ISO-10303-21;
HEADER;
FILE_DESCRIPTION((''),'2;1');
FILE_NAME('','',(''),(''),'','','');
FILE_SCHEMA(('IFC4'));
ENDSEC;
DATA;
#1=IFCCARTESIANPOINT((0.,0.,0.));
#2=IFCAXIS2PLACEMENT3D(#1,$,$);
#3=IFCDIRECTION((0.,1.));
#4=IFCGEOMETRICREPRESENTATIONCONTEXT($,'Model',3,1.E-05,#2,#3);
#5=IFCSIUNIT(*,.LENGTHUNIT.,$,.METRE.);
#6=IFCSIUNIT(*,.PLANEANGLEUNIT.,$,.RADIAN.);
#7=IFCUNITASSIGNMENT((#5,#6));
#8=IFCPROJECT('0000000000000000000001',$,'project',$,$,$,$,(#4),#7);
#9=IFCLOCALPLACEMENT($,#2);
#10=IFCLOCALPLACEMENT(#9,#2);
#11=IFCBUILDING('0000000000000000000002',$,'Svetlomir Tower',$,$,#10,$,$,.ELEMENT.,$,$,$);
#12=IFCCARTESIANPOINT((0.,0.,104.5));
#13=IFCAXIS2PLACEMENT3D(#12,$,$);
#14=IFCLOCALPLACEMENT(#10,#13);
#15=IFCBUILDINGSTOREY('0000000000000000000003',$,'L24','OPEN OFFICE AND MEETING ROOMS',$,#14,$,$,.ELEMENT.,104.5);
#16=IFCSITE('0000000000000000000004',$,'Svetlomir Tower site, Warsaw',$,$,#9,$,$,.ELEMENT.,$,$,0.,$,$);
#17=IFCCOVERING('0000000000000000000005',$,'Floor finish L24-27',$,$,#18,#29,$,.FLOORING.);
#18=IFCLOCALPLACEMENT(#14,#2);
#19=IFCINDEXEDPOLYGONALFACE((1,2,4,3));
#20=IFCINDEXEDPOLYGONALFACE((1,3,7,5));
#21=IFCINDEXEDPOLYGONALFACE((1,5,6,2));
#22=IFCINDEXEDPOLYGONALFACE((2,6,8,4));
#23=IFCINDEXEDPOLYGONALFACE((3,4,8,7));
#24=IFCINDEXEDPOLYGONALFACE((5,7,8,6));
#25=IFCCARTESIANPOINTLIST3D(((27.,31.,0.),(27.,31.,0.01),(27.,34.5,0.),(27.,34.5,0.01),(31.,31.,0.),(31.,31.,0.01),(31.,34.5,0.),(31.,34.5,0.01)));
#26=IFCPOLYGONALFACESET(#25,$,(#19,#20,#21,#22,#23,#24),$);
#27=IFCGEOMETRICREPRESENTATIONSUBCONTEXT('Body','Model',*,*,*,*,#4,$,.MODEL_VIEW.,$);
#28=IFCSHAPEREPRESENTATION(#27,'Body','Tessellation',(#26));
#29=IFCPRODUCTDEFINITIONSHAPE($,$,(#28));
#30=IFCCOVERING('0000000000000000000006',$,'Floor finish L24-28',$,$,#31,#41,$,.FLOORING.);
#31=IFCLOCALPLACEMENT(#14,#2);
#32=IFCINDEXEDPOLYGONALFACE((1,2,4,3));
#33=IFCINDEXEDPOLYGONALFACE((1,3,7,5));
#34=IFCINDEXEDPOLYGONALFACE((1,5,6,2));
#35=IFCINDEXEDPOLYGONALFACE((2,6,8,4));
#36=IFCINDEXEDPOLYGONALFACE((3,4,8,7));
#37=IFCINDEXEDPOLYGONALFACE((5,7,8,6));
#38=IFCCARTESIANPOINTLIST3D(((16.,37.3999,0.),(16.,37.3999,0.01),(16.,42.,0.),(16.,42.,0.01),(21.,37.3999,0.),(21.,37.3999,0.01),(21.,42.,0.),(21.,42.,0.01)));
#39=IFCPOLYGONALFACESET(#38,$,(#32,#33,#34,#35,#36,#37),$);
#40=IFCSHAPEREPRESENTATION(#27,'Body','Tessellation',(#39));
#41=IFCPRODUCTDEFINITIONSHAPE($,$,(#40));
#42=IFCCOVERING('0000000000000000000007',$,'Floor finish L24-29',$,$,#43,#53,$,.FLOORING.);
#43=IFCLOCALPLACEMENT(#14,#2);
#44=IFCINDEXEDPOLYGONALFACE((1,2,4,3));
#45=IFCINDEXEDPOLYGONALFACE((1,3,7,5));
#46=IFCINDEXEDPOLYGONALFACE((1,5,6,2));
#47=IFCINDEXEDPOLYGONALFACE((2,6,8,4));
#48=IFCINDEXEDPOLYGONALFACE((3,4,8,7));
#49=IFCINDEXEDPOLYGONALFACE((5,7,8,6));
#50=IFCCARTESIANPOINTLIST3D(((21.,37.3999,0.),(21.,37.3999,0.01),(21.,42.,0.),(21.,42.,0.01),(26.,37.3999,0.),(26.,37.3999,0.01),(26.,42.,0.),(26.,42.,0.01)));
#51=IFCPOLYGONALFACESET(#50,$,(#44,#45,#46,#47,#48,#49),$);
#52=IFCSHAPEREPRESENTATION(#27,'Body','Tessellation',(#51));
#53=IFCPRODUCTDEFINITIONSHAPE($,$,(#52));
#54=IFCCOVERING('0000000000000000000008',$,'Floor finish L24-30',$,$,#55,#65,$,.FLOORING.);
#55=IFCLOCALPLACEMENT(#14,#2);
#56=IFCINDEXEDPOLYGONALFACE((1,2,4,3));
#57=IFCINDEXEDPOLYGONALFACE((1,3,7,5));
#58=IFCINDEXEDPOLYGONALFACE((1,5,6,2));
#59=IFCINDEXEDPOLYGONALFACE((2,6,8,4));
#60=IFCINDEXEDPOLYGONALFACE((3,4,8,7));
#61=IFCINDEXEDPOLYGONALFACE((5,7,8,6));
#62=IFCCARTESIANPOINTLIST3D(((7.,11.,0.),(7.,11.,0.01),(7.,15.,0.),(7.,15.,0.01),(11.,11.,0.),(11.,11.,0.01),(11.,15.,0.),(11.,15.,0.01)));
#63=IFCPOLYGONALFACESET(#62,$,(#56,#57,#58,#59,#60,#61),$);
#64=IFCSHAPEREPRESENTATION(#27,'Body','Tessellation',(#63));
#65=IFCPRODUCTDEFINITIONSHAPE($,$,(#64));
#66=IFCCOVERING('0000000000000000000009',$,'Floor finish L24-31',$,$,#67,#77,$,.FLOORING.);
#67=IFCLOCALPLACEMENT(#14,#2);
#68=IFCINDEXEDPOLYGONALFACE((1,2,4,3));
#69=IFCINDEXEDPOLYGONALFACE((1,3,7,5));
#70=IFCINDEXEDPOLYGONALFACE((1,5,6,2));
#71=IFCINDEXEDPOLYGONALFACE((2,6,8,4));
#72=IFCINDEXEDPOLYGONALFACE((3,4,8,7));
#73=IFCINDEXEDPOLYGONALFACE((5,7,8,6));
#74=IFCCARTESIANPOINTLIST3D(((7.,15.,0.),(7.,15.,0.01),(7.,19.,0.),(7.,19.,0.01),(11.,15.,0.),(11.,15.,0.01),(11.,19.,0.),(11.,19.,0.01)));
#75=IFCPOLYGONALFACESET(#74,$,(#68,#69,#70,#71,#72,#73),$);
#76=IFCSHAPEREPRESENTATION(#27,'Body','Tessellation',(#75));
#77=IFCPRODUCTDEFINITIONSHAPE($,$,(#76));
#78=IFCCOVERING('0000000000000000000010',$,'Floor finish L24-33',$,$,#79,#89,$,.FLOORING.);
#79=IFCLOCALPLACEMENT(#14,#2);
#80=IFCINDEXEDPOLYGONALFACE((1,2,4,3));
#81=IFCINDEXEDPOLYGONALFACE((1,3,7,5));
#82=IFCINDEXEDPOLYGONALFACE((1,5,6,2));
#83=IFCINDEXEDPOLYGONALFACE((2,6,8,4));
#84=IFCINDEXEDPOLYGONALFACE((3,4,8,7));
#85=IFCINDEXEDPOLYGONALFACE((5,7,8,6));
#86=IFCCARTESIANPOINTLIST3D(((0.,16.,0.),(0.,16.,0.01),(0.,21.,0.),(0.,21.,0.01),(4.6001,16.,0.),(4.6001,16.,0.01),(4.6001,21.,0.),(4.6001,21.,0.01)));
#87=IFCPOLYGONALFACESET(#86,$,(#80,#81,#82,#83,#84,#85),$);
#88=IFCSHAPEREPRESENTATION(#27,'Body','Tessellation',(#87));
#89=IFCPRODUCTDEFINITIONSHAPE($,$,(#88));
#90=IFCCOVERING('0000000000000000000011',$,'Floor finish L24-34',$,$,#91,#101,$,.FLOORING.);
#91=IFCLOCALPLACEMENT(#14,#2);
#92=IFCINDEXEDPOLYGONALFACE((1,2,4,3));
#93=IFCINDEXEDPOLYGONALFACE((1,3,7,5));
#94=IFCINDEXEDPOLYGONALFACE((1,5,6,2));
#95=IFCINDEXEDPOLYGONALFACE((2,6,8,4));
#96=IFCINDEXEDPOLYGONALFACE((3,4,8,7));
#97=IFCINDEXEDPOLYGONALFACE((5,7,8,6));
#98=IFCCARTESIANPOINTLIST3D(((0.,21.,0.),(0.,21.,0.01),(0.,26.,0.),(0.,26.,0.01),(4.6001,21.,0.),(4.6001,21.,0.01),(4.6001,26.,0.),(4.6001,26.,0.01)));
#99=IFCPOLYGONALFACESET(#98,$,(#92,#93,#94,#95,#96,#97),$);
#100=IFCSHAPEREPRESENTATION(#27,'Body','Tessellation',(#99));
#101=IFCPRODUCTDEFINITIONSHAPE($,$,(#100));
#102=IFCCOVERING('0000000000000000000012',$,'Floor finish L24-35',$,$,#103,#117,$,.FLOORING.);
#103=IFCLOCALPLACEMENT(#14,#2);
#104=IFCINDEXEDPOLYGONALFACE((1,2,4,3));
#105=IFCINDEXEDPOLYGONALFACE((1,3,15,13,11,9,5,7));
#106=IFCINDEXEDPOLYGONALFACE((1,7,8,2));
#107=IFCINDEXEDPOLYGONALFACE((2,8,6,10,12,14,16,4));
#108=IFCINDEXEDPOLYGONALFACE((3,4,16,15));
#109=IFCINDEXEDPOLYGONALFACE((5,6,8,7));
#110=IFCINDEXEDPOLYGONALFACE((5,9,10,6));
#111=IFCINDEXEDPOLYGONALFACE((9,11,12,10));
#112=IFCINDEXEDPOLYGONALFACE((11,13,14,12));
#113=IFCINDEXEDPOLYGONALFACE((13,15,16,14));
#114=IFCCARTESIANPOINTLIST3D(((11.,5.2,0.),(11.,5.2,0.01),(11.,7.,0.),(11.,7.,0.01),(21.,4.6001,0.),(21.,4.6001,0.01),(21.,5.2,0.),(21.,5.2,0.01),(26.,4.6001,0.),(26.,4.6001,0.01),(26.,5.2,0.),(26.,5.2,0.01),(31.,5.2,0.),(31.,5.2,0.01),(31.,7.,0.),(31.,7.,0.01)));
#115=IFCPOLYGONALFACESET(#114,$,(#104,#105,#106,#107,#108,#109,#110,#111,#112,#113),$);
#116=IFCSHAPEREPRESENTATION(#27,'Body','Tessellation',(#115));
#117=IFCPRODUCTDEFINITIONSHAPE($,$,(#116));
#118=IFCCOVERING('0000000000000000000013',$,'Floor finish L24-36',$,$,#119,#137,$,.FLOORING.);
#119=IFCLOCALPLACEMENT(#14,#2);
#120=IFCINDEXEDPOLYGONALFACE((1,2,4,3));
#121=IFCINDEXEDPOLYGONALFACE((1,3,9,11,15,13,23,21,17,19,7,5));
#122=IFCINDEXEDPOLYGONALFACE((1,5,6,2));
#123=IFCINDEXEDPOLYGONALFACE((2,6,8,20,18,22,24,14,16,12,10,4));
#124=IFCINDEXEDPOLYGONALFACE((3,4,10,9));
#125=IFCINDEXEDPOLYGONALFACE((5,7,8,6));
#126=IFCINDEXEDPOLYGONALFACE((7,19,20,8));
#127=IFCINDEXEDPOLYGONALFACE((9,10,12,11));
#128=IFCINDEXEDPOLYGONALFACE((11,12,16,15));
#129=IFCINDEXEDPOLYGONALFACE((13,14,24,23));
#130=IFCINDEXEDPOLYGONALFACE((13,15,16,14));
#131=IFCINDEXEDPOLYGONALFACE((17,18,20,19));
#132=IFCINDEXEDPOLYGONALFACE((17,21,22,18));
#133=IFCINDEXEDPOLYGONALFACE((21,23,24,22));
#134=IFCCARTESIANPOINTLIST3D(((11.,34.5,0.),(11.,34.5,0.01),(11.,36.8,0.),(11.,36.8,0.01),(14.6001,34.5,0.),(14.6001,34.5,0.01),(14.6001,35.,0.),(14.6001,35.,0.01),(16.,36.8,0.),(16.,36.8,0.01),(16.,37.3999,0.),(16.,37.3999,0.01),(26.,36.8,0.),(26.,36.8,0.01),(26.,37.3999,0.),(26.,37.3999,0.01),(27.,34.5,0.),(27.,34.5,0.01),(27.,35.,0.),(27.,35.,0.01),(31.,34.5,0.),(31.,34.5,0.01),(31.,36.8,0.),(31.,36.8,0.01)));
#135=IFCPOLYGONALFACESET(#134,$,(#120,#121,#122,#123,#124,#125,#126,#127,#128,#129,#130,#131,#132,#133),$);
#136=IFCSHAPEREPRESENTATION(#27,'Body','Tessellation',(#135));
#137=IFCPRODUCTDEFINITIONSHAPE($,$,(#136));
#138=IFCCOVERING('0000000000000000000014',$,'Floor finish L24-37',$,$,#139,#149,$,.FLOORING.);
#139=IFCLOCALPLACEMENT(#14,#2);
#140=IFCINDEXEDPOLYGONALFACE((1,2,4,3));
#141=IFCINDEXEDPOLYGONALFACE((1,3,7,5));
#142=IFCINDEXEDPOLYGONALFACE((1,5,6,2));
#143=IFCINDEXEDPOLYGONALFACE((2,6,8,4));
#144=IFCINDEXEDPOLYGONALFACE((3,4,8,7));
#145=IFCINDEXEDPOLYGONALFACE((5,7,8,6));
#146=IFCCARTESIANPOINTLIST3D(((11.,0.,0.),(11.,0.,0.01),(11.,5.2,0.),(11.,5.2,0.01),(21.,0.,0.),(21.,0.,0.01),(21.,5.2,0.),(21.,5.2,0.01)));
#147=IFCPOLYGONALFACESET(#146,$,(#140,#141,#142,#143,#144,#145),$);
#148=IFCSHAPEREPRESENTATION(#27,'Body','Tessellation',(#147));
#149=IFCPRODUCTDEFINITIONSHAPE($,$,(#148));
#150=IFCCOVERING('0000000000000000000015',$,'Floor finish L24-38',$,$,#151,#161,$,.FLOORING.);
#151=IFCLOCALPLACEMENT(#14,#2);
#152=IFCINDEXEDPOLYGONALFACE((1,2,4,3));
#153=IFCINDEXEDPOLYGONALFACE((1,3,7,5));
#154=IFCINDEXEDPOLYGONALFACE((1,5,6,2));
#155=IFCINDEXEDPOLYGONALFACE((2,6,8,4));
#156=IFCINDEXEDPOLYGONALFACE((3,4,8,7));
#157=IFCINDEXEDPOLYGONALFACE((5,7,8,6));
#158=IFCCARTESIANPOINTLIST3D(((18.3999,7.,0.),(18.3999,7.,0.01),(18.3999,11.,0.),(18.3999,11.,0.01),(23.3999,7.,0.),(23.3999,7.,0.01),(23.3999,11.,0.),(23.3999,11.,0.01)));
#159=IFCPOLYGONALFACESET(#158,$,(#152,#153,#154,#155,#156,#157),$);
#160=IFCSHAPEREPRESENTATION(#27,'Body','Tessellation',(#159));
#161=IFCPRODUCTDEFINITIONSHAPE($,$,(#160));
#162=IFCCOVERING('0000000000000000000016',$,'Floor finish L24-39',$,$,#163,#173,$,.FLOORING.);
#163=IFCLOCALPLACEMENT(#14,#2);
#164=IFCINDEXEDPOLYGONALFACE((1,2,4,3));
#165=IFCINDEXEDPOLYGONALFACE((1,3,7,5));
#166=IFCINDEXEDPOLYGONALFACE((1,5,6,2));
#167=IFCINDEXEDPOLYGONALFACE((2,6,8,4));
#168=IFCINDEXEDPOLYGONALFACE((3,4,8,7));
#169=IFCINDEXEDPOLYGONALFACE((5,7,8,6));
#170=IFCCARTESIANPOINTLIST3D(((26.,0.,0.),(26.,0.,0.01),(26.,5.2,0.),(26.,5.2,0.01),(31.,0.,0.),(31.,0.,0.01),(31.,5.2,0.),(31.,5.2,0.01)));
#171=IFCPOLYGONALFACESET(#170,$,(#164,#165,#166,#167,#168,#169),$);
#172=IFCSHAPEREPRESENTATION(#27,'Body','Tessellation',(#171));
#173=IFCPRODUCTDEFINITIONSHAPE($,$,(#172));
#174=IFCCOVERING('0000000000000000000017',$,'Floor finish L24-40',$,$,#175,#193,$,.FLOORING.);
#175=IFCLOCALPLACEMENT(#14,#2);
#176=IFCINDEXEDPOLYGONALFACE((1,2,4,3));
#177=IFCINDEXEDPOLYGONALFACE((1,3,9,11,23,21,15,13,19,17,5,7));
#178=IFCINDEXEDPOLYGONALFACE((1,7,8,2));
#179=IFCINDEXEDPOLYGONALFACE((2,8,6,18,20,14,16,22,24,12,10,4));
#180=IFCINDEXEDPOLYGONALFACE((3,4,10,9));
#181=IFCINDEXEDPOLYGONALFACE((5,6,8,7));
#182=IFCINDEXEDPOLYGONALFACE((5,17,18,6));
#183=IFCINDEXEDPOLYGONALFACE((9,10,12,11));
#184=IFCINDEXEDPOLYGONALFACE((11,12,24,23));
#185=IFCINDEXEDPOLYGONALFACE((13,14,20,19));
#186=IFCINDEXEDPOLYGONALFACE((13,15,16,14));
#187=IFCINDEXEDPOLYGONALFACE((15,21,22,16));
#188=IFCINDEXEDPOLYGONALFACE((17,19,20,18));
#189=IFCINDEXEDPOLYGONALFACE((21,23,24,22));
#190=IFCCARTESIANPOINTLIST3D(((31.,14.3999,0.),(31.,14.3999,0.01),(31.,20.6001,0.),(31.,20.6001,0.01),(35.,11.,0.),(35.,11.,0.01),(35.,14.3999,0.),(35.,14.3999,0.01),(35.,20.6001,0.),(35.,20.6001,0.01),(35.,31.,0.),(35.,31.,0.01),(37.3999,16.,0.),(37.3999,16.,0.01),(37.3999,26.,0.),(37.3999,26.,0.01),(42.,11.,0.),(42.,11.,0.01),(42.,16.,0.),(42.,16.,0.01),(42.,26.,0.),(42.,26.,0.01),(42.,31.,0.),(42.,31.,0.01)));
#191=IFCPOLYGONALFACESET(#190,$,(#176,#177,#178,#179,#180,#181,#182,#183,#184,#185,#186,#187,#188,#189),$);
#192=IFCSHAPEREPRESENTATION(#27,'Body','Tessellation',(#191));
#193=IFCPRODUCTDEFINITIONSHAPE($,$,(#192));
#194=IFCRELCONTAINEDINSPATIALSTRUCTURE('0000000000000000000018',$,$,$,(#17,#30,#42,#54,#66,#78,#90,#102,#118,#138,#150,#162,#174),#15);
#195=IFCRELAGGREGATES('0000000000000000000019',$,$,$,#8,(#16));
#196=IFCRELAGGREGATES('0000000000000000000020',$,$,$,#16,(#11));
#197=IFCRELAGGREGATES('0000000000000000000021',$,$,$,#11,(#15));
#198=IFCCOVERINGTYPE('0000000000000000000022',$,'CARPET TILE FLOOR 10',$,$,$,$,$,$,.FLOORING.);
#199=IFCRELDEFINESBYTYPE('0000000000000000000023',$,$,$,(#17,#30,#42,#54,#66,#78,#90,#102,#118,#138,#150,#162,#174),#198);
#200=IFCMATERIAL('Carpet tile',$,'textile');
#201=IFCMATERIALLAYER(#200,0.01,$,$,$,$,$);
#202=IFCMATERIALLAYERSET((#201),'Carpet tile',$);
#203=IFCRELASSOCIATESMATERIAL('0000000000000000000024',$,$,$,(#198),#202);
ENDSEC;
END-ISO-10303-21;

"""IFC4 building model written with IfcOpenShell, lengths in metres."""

from ifc_helpers import new_model, si_unit, direction, frame, origin, place, context, subcontext, project, spatial, polyline, outline, extrude, material, layer, layer_set, type_object, element, save


model = new_model("IFC4")

# Units and contexts
model_context = context("Model", 3, precision=1e-05, world=origin(), true_north=direction((0.0, 1.0)))
body_context = subcontext(model_context, "Body", "Model", "MODEL_VIEW")
ifc_project = project(units=[si_unit("LENGTHUNIT", "METRE"), si_unit("PLANEANGLEUNIT", "RADIAN")], contexts=[model_context])

# Site, building, storey
site_placement = place(None, origin())
site = spatial("IfcSite", under=ifc_project, at=site_placement, Name="Svetlomir Tower site, Warsaw", CompositionType="ELEMENT", RefElevation=0.0)
building_placement = place(site_placement, origin())
building = spatial("IfcBuilding", under=site, at=building_placement, Name="Svetlomir Tower", CompositionType="ELEMENT")
storey_placement = place(building_placement, frame((0.0, 0.0, 104.5)))
storey = spatial("IfcBuildingStorey", under=building, at=storey_placement, Name="L24", Description="OPEN OFFICE AND MEETING ROOMS", CompositionType="ELEMENT", Elevation=104.5)

# Coverings
ifc_material_1 = material(Name="Carpet tile", Category="textile")
ifc_layer_1 = layer(ifc_material_1, 0.01)
ifc_layer_set_1 = layer_set([ifc_layer_1], Name="Carpet tile")
covering_type_1 = type_object("IfcCoveringType", Name="CARPET TILE FLOOR 10", PredefinedType="FLOORING", material=ifc_layer_set_1)
covering_1_placement = place(storey_placement, origin())
element("IfcCovering", 1, at=covering_1_placement, inside=storey, type_object=covering_type_1, Name="Floor finish L24-27", PredefinedType="FLOORING", context=body_context, shape_type="SweptSolid", body=[
    extrude(outline(polyline([(27.0, 31.0), (31.0, 31.0), (31.0, 34.5), (27.0, 34.5), (27.0, 31.0)])), origin(), (0.0, 0.0, 1.0), 0.01),
])
covering_2_placement = place(storey_placement, origin())
element("IfcCovering", 2, at=covering_2_placement, inside=storey, type_object=covering_type_1, Name="Floor finish L24-28", PredefinedType="FLOORING", context=body_context, shape_type="SweptSolid", body=[
    extrude(outline(polyline([(16.0, 37.3999), (21.0, 37.3999), (21.0, 42.0), (16.0, 42.0), (16.0, 37.3999)])), origin(), (0.0, 0.0, 1.0), 0.01),
])
covering_3_placement = place(storey_placement, origin())
element("IfcCovering", 3, at=covering_3_placement, inside=storey, type_object=covering_type_1, Name="Floor finish L24-29", PredefinedType="FLOORING", context=body_context, shape_type="SweptSolid", body=[
    extrude(outline(polyline([(21.0, 37.3999), (26.0, 37.3999), (26.0, 42.0), (21.0, 42.0), (21.0, 37.3999)])), origin(), (0.0, 0.0, 1.0), 0.01),
])
covering_4_placement = place(storey_placement, origin())
element("IfcCovering", 4, at=covering_4_placement, inside=storey, type_object=covering_type_1, Name="Floor finish L24-30", PredefinedType="FLOORING", context=body_context, shape_type="SweptSolid", body=[
    extrude(outline(polyline([(7.0, 11.0), (11.0, 11.0), (11.0, 15.0), (7.0, 15.0), (7.0, 11.0)])), origin(), (0.0, 0.0, 1.0), 0.01),
])
covering_5_placement = place(storey_placement, origin())
element("IfcCovering", 5, at=covering_5_placement, inside=storey, type_object=covering_type_1, Name="Floor finish L24-31", PredefinedType="FLOORING", context=body_context, shape_type="SweptSolid", body=[
    extrude(outline(polyline([(7.0, 15.0), (11.0, 15.0), (11.0, 19.0), (7.0, 19.0), (7.0, 15.0)])), origin(), (0.0, 0.0, 1.0), 0.01),
])
covering_6_placement = place(storey_placement, origin())
element("IfcCovering", 6, at=covering_6_placement, inside=storey, type_object=covering_type_1, Name="Floor finish L24-33", PredefinedType="FLOORING", context=body_context, shape_type="SweptSolid", body=[
    extrude(outline(polyline([(0.0, 16.0), (4.6001, 16.0), (4.6001, 21.0), (0.0, 21.0), (0.0, 16.0)])), origin(), (0.0, 0.0, 1.0), 0.01),
])
covering_7_placement = place(storey_placement, origin())
element("IfcCovering", 7, at=covering_7_placement, inside=storey, type_object=covering_type_1, Name="Floor finish L24-34", PredefinedType="FLOORING", context=body_context, shape_type="SweptSolid", body=[
    extrude(outline(polyline([(0.0, 21.0), (4.6001, 21.0), (4.6001, 26.0), (0.0, 26.0), (0.0, 21.0)])), origin(), (0.0, 0.0, 1.0), 0.01),
])
covering_8_placement = place(storey_placement, origin())
element("IfcCovering", 8, at=covering_8_placement, inside=storey, type_object=covering_type_1, Name="Floor finish L24-35", PredefinedType="FLOORING", context=body_context, shape_type="SweptSolid", body=[
    extrude(outline(polyline([(21.0, 4.6001), (21.0, 5.2), (11.0, 5.2), (11.0, 7.0), (31.0, 7.0), (31.0, 5.2), (26.0, 5.2), (26.0, 4.6001), (21.0, 4.6001)])), origin(), (0.0, 0.0, 1.0), 0.01),
])
covering_9_placement = place(storey_placement, origin())
element("IfcCovering", 9, at=covering_9_placement, inside=storey, type_object=covering_type_1, Name="Floor finish L24-36", PredefinedType="FLOORING", context=body_context, shape_type="SweptSolid", body=[
    extrude(outline(polyline([(14.6001, 34.5), (11.0, 34.5), (11.0, 36.8), (16.0, 36.8), (16.0, 37.3999), (26.0, 37.3999), (26.0, 36.8), (31.0, 36.8), (31.0, 34.5), (27.0, 34.5), (27.0, 35.0), (14.6001, 35.0), (14.6001, 34.5)])), origin(), (0.0, 0.0, 1.0), 0.01),
])
covering_10_placement = place(storey_placement, origin())
element("IfcCovering", 10, at=covering_10_placement, inside=storey, type_object=covering_type_1, Name="Floor finish L24-37", PredefinedType="FLOORING", context=body_context, shape_type="SweptSolid", body=[
    extrude(outline(polyline([(21.0, 5.2), (21.0, 0.0), (11.0, 0.0), (11.0, 5.2), (21.0, 5.2)])), origin(), (0.0, 0.0, 1.0), 0.01),
])
covering_11_placement = place(storey_placement, origin())
element("IfcCovering", 11, at=covering_11_placement, inside=storey, type_object=covering_type_1, Name="Floor finish L24-38", PredefinedType="FLOORING", context=body_context, shape_type="SweptSolid", body=[
    extrude(outline(polyline([(23.3999, 11.0), (23.3999, 7.0), (18.3999, 7.0), (18.3999, 11.0), (23.3999, 11.0)])), origin(), (0.0, 0.0, 1.0), 0.01),
])
covering_12_placement = place(storey_placement, origin())
element("IfcCovering", 12, at=covering_12_placement, inside=storey, type_object=covering_type_1, Name="Floor finish L24-39", PredefinedType="FLOORING", context=body_context, shape_type="SweptSolid", body=[
    extrude(outline(polyline([(26.0, 0.0), (26.0, 5.2), (31.0, 5.2), (31.0, 0.0), (26.0, 0.0)])), origin(), (0.0, 0.0, 1.0), 0.01),
])
covering_13_placement = place(storey_placement, origin())
element("IfcCovering", 13, at=covering_13_placement, inside=storey, type_object=covering_type_1, Name="Floor finish L24-40", PredefinedType="FLOORING", context=body_context, shape_type="SweptSolid", body=[
    extrude(outline(polyline([(35.0, 14.3999), (31.0, 14.3999), (31.0, 20.6001), (35.0, 20.6001), (35.0, 31.0), (42.0, 31.0), (42.0, 26.0), (37.3999, 26.0), (37.3999, 16.0), (42.0, 16.0), (42.0, 11.0), (35.0, 11.0), (35.0, 14.3999)])), origin(), (0.0, 0.0, 1.0), 0.01),
])

save(model, "model.ifc")
